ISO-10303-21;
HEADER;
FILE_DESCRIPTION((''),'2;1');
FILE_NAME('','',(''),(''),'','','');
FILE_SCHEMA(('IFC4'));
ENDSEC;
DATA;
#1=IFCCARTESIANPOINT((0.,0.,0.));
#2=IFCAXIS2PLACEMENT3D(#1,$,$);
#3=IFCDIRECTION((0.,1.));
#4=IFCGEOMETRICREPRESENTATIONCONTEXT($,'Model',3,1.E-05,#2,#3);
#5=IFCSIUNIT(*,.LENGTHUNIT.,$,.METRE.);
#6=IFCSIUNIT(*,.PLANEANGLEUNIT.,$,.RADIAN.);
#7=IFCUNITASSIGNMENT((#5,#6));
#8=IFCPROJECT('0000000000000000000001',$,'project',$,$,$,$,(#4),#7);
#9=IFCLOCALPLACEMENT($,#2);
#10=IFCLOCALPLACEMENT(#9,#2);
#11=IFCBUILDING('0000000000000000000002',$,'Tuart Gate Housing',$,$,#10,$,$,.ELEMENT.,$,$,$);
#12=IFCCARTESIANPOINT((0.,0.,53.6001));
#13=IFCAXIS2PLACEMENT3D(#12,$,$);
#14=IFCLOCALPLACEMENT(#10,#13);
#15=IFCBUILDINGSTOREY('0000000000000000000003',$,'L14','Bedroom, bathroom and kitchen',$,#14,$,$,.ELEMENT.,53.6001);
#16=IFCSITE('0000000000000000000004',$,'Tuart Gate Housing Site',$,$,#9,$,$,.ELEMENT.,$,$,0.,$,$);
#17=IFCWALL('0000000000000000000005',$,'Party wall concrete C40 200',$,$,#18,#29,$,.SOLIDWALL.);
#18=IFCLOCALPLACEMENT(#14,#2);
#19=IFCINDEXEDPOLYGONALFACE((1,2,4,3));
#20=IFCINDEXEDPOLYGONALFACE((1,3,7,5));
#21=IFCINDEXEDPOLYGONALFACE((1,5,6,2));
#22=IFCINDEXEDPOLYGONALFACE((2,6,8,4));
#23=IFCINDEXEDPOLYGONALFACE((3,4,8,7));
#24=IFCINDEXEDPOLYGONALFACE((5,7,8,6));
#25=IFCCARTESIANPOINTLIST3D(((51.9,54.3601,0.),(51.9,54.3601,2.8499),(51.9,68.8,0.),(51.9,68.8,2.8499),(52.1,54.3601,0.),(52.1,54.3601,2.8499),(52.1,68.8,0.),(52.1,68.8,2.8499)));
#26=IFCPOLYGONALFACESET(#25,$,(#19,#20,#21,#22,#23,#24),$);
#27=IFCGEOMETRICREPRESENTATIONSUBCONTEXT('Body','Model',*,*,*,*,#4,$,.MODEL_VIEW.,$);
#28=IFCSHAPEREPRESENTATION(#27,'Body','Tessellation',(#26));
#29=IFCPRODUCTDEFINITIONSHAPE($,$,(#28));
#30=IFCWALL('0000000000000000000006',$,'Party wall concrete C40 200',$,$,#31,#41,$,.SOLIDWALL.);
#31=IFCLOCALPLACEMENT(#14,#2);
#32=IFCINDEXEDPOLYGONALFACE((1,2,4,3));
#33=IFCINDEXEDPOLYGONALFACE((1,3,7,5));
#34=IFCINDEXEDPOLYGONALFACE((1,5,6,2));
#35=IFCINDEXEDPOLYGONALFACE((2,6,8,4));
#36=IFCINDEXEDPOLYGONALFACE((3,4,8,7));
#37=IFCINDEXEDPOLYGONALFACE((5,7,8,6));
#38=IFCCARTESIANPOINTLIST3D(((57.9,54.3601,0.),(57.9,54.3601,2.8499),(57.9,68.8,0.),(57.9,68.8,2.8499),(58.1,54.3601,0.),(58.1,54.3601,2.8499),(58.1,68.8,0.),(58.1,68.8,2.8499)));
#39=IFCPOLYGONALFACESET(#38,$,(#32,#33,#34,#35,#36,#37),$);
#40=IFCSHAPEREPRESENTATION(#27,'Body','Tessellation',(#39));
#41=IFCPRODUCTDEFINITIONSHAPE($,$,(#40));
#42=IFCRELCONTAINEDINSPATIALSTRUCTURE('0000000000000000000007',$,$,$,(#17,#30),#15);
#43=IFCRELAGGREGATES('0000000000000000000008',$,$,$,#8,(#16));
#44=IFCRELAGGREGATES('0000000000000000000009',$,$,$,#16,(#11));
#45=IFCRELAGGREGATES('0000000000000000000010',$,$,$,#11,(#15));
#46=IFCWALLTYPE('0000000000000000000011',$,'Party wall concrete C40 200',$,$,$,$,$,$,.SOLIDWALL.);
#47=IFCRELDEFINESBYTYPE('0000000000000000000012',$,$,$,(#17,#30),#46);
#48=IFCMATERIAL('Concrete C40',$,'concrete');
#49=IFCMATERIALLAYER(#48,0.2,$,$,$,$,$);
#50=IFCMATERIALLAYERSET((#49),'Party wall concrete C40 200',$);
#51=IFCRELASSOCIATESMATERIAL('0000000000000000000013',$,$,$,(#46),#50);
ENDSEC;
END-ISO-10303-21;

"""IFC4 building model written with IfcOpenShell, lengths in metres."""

from ifc_helpers import new_model, si_unit, direction, frame, frame_2d, origin, place, context, subcontext, project, spatial, rectangle, extrude, material, layer, layer_set, type_object, element, save


model = new_model("IFC4")

# Units and contexts
model_context = context("Model", 3, precision=1e-05, world=origin(), true_north=direction((0.0, 1.0)))
body_context = subcontext(model_context, "Body", "Model", "MODEL_VIEW")
ifc_project = project(units=[si_unit("LENGTHUNIT", "METRE"), si_unit("PLANEANGLEUNIT", "RADIAN")], contexts=[model_context])

# Site, building, storey
site_placement = place(None, origin())
site = spatial("IfcSite", under=ifc_project, at=site_placement, Name="Tuart Gate Housing Site", CompositionType="ELEMENT", RefElevation=0.0)
building_placement = place(site_placement, origin())
building = spatial("IfcBuilding", under=site, at=building_placement, Name="Tuart Gate Housing", CompositionType="ELEMENT")
storey_placement = place(building_placement, frame((0.0, 0.0, 53.6001)))
storey = spatial("IfcBuildingStorey", under=building, at=storey_placement, Name="L14", Description="Bedroom, bathroom and kitchen", CompositionType="ELEMENT", Elevation=53.6001)

# Walls
ifc_material_1 = material(Name="Concrete C40", Category="concrete")
ifc_layer_1 = layer(ifc_material_1, 0.2)
ifc_layer_set_1 = layer_set([ifc_layer_1], Name="Party wall concrete C40 200")
wall_type_1 = type_object("IfcWallType", Name="Party wall concrete C40 200", PredefinedType="SOLIDWALL", material=ifc_layer_set_1)
for number, where, z_axis, x_axis, name in (
    (1, (52.0, 54.3601, 0.0), (0.0, 0.0, 1.0), (0.0, 1.0, 0.0), "Party wall concrete C40 200"),
    (2, (58.0, 54.3601, 0.0), (0.0, 0.0, 1.0), (0.0, 1.0, 0.0), "Party wall concrete C40 200"),
):
    element("IfcWall", number, at=place(storey_placement, frame(where, z_axis=z_axis, x_axis=x_axis)), inside=storey, type_object=wall_type_1, Name=name, PredefinedType="SOLIDWALL", context=body_context, shape_type="SweptSolid", body=[
        extrude(rectangle(XDim=14.4399, YDim=0.2, at=frame_2d((7.22, 0.0))), origin(), (0.0, 0.0, 1.0), 2.8499),
    ])

save(model, "model.ifc")
